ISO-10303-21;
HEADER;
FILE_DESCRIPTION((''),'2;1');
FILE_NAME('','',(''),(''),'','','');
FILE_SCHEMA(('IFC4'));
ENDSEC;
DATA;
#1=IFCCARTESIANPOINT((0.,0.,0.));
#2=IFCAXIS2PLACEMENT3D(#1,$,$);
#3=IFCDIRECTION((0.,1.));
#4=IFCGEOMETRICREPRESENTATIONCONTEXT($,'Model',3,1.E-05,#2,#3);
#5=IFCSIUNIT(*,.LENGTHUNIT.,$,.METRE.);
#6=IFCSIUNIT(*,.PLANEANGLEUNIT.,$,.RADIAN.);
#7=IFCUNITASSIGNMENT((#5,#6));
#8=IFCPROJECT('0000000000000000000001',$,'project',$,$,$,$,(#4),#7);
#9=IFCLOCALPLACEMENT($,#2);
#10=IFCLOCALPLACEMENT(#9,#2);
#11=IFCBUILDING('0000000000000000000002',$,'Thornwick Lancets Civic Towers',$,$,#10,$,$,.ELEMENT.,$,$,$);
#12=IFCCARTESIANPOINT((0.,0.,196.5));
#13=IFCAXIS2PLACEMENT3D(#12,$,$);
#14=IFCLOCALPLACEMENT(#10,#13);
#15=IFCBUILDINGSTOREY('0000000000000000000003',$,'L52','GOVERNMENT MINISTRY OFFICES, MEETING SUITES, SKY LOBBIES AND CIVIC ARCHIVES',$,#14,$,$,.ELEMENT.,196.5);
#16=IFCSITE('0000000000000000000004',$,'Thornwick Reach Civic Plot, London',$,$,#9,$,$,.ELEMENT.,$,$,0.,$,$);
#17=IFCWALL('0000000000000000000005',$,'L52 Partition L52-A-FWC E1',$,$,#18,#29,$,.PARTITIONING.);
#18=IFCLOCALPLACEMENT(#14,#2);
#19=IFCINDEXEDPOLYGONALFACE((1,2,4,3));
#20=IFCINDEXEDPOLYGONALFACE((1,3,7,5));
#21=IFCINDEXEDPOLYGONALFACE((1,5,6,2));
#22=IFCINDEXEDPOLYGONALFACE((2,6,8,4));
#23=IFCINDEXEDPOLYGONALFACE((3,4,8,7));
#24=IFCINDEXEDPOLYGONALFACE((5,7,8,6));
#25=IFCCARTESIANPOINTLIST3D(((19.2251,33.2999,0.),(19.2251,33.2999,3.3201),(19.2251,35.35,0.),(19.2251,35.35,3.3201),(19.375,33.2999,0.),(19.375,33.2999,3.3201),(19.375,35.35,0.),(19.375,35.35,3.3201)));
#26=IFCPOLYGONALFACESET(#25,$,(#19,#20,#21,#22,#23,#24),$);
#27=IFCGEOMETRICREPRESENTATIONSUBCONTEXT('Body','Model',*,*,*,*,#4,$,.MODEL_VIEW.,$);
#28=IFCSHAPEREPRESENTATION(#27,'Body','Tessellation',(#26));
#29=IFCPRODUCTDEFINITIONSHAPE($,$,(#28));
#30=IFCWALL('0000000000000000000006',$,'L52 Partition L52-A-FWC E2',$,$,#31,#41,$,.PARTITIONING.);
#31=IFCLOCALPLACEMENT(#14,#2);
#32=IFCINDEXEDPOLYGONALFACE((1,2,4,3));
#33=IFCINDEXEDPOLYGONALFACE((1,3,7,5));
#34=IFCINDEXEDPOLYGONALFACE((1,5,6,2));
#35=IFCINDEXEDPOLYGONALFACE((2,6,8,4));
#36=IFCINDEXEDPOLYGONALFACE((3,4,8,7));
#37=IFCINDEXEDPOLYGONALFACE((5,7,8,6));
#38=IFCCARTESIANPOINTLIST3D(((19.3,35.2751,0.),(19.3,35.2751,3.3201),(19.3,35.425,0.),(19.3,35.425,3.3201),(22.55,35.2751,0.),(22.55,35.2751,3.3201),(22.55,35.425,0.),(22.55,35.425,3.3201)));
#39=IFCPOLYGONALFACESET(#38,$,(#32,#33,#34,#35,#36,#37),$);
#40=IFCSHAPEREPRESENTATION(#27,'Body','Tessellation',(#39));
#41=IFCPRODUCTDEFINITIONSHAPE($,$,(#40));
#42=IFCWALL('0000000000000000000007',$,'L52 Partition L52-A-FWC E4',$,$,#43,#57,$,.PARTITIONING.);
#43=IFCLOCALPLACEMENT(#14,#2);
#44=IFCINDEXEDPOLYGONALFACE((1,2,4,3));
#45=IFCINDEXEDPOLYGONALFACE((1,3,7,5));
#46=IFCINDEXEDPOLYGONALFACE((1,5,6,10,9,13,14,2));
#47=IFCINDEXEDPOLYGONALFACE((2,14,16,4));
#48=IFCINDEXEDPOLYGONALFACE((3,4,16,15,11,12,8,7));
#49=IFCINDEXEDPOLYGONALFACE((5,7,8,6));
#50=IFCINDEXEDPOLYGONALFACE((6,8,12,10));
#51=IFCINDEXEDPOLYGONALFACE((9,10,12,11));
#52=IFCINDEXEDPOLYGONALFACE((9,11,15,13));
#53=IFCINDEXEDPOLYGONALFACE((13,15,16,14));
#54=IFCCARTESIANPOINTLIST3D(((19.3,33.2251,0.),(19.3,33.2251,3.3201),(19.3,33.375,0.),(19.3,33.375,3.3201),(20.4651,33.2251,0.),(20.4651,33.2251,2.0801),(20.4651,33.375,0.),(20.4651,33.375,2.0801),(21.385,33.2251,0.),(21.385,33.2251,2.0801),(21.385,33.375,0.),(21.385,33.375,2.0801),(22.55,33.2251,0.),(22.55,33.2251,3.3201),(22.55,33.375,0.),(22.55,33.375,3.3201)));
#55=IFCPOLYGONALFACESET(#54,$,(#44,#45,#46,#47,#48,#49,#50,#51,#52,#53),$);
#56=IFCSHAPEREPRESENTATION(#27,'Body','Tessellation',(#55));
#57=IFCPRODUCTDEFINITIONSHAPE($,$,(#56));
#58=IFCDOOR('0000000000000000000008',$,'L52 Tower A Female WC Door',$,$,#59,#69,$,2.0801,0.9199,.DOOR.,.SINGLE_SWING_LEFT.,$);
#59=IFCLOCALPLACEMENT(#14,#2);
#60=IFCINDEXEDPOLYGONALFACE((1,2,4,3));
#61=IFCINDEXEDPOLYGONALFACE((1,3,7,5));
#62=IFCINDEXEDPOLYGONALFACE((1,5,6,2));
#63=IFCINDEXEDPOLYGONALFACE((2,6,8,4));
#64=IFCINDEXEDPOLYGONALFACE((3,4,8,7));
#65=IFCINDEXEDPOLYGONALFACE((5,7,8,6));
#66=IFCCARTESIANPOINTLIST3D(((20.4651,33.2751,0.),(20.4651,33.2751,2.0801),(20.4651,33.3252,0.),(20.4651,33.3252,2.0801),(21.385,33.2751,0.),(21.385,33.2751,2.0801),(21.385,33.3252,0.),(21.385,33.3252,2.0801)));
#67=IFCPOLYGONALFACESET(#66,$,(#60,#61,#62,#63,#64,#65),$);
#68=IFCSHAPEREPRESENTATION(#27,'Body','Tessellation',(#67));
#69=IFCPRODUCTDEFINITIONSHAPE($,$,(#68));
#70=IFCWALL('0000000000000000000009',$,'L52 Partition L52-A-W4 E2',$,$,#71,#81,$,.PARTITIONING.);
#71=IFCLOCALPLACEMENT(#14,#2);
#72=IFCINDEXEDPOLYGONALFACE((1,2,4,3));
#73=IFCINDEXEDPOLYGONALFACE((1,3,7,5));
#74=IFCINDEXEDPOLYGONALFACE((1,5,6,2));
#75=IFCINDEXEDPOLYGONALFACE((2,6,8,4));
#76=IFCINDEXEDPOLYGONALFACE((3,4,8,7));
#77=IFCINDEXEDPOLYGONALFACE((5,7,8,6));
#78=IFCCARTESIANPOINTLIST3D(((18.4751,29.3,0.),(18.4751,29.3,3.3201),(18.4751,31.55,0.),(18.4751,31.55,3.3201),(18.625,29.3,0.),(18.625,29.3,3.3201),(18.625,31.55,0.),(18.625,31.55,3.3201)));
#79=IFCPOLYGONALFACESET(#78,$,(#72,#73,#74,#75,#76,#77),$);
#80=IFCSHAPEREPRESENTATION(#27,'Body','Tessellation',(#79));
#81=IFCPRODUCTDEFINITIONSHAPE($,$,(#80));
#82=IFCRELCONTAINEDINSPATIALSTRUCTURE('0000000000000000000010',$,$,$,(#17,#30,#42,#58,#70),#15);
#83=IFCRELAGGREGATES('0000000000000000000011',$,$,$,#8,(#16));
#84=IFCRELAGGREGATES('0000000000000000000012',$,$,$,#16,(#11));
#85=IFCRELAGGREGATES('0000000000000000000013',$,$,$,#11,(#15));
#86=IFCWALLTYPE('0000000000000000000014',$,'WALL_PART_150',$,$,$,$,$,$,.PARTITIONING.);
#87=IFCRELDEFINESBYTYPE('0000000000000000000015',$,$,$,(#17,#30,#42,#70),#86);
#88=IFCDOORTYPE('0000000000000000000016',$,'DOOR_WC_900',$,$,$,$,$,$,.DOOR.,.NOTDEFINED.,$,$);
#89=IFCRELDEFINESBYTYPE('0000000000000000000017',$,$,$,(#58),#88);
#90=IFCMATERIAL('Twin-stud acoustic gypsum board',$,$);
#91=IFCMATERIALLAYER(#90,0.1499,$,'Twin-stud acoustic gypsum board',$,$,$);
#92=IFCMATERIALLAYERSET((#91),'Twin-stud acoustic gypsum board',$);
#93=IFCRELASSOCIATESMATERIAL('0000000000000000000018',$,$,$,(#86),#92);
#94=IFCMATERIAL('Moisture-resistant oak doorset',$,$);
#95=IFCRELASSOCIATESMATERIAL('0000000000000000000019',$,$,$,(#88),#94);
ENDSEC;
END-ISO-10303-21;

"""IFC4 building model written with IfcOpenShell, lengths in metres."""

from ifc_helpers import new_model, si_unit, direction, frame, frame_2d, origin, place, context, subcontext, project, spatial, rectangle, extrude, material, layer, layer_set, type_object, element, fill, save


model = new_model("IFC4")

# Units and contexts
model_context = context("Model", 3, precision=1e-05, world=origin(), true_north=direction((0.0, 1.0)))
body_context = subcontext(model_context, "Body", "Model", "MODEL_VIEW")
ifc_project = project(units=[si_unit("LENGTHUNIT", "METRE"), si_unit("PLANEANGLEUNIT", "RADIAN")], contexts=[model_context])

# Site, building, storey
site_placement = place(None, origin())
site = spatial("IfcSite", under=ifc_project, at=site_placement, Name="Thornwick Reach Civic Plot, London", CompositionType="ELEMENT", RefElevation=0.0)
building_placement = place(site_placement, origin())
building = spatial("IfcBuilding", under=site, at=building_placement, Name="Thornwick Lancets Civic Towers", CompositionType="ELEMENT")
storey_placement = place(building_placement, frame((0.0, 0.0, 196.5)))
storey = spatial("IfcBuildingStorey", under=building, at=storey_placement, Name="L52", Description="GOVERNMENT MINISTRY OFFICES, MEETING SUITES, SKY LOBBIES AND CIVIC ARCHIVES", CompositionType="ELEMENT", Elevation=196.5)

# Walls
ifc_material_1 = material(Name="Twin-stud acoustic gypsum board")
ifc_layer_1 = layer(ifc_material_1, 0.1499, Name="Twin-stud acoustic gypsum board")
ifc_layer_set_1 = layer_set([ifc_layer_1], Name="Twin-stud acoustic gypsum board")
wall_type_1 = type_object("IfcWallType", Name="WALL_PART_150", PredefinedType="PARTITIONING", material=ifc_layer_set_1)
wall_1_placement = place(storey_placement, frame((19.3, 33.3, 0.0), z_axis=(0.0, 0.0, 1.0), x_axis=(0.0, 1.0, 0.0)))
element("IfcWall", 1, at=wall_1_placement, inside=storey, type_object=wall_type_1, Name="L52 Partition L52-A-FWC E1", PredefinedType="PARTITIONING", context=body_context, shape_type="SweptSolid", body=[
    extrude(rectangle(XDim=2.05, YDim=0.1499, at=frame_2d((1.0249, 0.0))), origin(), (0.0, 0.0, 1.0), 3.3201),
])
wall_2_placement = place(storey_placement, frame((19.3, 35.3501, 0.0), z_axis=(0.0, 0.0, 1.0), x_axis=(1.0, 0.0, 0.0)))
element("IfcWall", 2, at=wall_2_placement, inside=storey, type_object=wall_type_1, Name="L52 Partition L52-A-FWC E2", PredefinedType="PARTITIONING", context=body_context, shape_type="SweptSolid", body=[
    extrude(rectangle(XDim=3.25, YDim=0.1499, at=frame_2d((1.625, 0.0))), origin(), (0.0, 0.0, 1.0), 3.3201),
])

# Wall, opening, door
wall_3_placement = place(storey_placement, frame((22.55, 33.3, 0.0), z_axis=(0.0, 0.0, 1.0), x_axis=(-1.0, 0.0, 0.0)))
wall_3 = element("IfcWall", 3, at=wall_3_placement, inside=storey, type_object=wall_type_1, Name="L52 Partition L52-A-FWC E4", PredefinedType="PARTITIONING", context=body_context, shape_type="SweptSolid", body=[
    extrude(rectangle(XDim=3.25, YDim=0.1499, at=frame_2d((1.625, 0.0))), origin(), (0.0, 0.0, 1.0), 3.3201),
])
opening_1_placement = place(wall_3_placement, frame((1.165, 0.0, 0.0)))
opening_1 = element("IfcOpeningElement", 4, at=opening_1_placement, cuts=wall_3, PredefinedType="OPENING", context=body_context, shape_type="SweptSolid", body=[
    extrude(rectangle(XDim=0.9199, YDim=2.0801, at=frame_2d((0.46, 1.04))), frame((0.0, 0.085, 0.0), z_axis=(0.0, -1.0, 0.0), x_axis=(1.0, 0.0, 0.0)), (0.0, 0.0, 1.0), 0.1699),
])
ifc_material_2 = material(Name="Moisture-resistant oak doorset")
door_type_1 = type_object("IfcDoorType", Name="DOOR_WC_900", OperationType="NOTDEFINED", PredefinedType="DOOR", material=ifc_material_2)
door_1_placement = place(opening_1_placement, origin())
door_1 = element("IfcDoor", 5, at=door_1_placement, inside=storey, type_object=door_type_1, Name="L52 Tower A Female WC Door", OperationType="SINGLE_SWING_LEFT", OverallHeight=2.0801, OverallWidth=0.9199, PredefinedType="DOOR", context=body_context, shape_type="SweptSolid", body=[
    extrude(rectangle(XDim=0.9199, YDim=2.0801, at=frame_2d((0.46, 1.04))), frame((0.0, 0.0249, 0.0), z_axis=(0.0, -1.0, 0.0), x_axis=(1.0, 0.0, 0.0)), (0.0, 0.0, 1.0), 0.05),
])
fill(opening_1, door_1)

# Wall
wall_4_placement = place(storey_placement, frame((18.55, 31.55, 0.0), z_axis=(0.0, 0.0, 1.0), x_axis=(0.0, -1.0, 0.0)))
element("IfcWall", 6, at=wall_4_placement, inside=storey, type_object=wall_type_1, Name="L52 Partition L52-A-W4 E2", PredefinedType="PARTITIONING", context=body_context, shape_type="SweptSolid", body=[
    extrude(rectangle(XDim=2.25, YDim=0.1499, at=frame_2d((1.125, 0.0))), origin(), (0.0, 0.0, 1.0), 3.3201),
])

save(model, "model.ifc")
